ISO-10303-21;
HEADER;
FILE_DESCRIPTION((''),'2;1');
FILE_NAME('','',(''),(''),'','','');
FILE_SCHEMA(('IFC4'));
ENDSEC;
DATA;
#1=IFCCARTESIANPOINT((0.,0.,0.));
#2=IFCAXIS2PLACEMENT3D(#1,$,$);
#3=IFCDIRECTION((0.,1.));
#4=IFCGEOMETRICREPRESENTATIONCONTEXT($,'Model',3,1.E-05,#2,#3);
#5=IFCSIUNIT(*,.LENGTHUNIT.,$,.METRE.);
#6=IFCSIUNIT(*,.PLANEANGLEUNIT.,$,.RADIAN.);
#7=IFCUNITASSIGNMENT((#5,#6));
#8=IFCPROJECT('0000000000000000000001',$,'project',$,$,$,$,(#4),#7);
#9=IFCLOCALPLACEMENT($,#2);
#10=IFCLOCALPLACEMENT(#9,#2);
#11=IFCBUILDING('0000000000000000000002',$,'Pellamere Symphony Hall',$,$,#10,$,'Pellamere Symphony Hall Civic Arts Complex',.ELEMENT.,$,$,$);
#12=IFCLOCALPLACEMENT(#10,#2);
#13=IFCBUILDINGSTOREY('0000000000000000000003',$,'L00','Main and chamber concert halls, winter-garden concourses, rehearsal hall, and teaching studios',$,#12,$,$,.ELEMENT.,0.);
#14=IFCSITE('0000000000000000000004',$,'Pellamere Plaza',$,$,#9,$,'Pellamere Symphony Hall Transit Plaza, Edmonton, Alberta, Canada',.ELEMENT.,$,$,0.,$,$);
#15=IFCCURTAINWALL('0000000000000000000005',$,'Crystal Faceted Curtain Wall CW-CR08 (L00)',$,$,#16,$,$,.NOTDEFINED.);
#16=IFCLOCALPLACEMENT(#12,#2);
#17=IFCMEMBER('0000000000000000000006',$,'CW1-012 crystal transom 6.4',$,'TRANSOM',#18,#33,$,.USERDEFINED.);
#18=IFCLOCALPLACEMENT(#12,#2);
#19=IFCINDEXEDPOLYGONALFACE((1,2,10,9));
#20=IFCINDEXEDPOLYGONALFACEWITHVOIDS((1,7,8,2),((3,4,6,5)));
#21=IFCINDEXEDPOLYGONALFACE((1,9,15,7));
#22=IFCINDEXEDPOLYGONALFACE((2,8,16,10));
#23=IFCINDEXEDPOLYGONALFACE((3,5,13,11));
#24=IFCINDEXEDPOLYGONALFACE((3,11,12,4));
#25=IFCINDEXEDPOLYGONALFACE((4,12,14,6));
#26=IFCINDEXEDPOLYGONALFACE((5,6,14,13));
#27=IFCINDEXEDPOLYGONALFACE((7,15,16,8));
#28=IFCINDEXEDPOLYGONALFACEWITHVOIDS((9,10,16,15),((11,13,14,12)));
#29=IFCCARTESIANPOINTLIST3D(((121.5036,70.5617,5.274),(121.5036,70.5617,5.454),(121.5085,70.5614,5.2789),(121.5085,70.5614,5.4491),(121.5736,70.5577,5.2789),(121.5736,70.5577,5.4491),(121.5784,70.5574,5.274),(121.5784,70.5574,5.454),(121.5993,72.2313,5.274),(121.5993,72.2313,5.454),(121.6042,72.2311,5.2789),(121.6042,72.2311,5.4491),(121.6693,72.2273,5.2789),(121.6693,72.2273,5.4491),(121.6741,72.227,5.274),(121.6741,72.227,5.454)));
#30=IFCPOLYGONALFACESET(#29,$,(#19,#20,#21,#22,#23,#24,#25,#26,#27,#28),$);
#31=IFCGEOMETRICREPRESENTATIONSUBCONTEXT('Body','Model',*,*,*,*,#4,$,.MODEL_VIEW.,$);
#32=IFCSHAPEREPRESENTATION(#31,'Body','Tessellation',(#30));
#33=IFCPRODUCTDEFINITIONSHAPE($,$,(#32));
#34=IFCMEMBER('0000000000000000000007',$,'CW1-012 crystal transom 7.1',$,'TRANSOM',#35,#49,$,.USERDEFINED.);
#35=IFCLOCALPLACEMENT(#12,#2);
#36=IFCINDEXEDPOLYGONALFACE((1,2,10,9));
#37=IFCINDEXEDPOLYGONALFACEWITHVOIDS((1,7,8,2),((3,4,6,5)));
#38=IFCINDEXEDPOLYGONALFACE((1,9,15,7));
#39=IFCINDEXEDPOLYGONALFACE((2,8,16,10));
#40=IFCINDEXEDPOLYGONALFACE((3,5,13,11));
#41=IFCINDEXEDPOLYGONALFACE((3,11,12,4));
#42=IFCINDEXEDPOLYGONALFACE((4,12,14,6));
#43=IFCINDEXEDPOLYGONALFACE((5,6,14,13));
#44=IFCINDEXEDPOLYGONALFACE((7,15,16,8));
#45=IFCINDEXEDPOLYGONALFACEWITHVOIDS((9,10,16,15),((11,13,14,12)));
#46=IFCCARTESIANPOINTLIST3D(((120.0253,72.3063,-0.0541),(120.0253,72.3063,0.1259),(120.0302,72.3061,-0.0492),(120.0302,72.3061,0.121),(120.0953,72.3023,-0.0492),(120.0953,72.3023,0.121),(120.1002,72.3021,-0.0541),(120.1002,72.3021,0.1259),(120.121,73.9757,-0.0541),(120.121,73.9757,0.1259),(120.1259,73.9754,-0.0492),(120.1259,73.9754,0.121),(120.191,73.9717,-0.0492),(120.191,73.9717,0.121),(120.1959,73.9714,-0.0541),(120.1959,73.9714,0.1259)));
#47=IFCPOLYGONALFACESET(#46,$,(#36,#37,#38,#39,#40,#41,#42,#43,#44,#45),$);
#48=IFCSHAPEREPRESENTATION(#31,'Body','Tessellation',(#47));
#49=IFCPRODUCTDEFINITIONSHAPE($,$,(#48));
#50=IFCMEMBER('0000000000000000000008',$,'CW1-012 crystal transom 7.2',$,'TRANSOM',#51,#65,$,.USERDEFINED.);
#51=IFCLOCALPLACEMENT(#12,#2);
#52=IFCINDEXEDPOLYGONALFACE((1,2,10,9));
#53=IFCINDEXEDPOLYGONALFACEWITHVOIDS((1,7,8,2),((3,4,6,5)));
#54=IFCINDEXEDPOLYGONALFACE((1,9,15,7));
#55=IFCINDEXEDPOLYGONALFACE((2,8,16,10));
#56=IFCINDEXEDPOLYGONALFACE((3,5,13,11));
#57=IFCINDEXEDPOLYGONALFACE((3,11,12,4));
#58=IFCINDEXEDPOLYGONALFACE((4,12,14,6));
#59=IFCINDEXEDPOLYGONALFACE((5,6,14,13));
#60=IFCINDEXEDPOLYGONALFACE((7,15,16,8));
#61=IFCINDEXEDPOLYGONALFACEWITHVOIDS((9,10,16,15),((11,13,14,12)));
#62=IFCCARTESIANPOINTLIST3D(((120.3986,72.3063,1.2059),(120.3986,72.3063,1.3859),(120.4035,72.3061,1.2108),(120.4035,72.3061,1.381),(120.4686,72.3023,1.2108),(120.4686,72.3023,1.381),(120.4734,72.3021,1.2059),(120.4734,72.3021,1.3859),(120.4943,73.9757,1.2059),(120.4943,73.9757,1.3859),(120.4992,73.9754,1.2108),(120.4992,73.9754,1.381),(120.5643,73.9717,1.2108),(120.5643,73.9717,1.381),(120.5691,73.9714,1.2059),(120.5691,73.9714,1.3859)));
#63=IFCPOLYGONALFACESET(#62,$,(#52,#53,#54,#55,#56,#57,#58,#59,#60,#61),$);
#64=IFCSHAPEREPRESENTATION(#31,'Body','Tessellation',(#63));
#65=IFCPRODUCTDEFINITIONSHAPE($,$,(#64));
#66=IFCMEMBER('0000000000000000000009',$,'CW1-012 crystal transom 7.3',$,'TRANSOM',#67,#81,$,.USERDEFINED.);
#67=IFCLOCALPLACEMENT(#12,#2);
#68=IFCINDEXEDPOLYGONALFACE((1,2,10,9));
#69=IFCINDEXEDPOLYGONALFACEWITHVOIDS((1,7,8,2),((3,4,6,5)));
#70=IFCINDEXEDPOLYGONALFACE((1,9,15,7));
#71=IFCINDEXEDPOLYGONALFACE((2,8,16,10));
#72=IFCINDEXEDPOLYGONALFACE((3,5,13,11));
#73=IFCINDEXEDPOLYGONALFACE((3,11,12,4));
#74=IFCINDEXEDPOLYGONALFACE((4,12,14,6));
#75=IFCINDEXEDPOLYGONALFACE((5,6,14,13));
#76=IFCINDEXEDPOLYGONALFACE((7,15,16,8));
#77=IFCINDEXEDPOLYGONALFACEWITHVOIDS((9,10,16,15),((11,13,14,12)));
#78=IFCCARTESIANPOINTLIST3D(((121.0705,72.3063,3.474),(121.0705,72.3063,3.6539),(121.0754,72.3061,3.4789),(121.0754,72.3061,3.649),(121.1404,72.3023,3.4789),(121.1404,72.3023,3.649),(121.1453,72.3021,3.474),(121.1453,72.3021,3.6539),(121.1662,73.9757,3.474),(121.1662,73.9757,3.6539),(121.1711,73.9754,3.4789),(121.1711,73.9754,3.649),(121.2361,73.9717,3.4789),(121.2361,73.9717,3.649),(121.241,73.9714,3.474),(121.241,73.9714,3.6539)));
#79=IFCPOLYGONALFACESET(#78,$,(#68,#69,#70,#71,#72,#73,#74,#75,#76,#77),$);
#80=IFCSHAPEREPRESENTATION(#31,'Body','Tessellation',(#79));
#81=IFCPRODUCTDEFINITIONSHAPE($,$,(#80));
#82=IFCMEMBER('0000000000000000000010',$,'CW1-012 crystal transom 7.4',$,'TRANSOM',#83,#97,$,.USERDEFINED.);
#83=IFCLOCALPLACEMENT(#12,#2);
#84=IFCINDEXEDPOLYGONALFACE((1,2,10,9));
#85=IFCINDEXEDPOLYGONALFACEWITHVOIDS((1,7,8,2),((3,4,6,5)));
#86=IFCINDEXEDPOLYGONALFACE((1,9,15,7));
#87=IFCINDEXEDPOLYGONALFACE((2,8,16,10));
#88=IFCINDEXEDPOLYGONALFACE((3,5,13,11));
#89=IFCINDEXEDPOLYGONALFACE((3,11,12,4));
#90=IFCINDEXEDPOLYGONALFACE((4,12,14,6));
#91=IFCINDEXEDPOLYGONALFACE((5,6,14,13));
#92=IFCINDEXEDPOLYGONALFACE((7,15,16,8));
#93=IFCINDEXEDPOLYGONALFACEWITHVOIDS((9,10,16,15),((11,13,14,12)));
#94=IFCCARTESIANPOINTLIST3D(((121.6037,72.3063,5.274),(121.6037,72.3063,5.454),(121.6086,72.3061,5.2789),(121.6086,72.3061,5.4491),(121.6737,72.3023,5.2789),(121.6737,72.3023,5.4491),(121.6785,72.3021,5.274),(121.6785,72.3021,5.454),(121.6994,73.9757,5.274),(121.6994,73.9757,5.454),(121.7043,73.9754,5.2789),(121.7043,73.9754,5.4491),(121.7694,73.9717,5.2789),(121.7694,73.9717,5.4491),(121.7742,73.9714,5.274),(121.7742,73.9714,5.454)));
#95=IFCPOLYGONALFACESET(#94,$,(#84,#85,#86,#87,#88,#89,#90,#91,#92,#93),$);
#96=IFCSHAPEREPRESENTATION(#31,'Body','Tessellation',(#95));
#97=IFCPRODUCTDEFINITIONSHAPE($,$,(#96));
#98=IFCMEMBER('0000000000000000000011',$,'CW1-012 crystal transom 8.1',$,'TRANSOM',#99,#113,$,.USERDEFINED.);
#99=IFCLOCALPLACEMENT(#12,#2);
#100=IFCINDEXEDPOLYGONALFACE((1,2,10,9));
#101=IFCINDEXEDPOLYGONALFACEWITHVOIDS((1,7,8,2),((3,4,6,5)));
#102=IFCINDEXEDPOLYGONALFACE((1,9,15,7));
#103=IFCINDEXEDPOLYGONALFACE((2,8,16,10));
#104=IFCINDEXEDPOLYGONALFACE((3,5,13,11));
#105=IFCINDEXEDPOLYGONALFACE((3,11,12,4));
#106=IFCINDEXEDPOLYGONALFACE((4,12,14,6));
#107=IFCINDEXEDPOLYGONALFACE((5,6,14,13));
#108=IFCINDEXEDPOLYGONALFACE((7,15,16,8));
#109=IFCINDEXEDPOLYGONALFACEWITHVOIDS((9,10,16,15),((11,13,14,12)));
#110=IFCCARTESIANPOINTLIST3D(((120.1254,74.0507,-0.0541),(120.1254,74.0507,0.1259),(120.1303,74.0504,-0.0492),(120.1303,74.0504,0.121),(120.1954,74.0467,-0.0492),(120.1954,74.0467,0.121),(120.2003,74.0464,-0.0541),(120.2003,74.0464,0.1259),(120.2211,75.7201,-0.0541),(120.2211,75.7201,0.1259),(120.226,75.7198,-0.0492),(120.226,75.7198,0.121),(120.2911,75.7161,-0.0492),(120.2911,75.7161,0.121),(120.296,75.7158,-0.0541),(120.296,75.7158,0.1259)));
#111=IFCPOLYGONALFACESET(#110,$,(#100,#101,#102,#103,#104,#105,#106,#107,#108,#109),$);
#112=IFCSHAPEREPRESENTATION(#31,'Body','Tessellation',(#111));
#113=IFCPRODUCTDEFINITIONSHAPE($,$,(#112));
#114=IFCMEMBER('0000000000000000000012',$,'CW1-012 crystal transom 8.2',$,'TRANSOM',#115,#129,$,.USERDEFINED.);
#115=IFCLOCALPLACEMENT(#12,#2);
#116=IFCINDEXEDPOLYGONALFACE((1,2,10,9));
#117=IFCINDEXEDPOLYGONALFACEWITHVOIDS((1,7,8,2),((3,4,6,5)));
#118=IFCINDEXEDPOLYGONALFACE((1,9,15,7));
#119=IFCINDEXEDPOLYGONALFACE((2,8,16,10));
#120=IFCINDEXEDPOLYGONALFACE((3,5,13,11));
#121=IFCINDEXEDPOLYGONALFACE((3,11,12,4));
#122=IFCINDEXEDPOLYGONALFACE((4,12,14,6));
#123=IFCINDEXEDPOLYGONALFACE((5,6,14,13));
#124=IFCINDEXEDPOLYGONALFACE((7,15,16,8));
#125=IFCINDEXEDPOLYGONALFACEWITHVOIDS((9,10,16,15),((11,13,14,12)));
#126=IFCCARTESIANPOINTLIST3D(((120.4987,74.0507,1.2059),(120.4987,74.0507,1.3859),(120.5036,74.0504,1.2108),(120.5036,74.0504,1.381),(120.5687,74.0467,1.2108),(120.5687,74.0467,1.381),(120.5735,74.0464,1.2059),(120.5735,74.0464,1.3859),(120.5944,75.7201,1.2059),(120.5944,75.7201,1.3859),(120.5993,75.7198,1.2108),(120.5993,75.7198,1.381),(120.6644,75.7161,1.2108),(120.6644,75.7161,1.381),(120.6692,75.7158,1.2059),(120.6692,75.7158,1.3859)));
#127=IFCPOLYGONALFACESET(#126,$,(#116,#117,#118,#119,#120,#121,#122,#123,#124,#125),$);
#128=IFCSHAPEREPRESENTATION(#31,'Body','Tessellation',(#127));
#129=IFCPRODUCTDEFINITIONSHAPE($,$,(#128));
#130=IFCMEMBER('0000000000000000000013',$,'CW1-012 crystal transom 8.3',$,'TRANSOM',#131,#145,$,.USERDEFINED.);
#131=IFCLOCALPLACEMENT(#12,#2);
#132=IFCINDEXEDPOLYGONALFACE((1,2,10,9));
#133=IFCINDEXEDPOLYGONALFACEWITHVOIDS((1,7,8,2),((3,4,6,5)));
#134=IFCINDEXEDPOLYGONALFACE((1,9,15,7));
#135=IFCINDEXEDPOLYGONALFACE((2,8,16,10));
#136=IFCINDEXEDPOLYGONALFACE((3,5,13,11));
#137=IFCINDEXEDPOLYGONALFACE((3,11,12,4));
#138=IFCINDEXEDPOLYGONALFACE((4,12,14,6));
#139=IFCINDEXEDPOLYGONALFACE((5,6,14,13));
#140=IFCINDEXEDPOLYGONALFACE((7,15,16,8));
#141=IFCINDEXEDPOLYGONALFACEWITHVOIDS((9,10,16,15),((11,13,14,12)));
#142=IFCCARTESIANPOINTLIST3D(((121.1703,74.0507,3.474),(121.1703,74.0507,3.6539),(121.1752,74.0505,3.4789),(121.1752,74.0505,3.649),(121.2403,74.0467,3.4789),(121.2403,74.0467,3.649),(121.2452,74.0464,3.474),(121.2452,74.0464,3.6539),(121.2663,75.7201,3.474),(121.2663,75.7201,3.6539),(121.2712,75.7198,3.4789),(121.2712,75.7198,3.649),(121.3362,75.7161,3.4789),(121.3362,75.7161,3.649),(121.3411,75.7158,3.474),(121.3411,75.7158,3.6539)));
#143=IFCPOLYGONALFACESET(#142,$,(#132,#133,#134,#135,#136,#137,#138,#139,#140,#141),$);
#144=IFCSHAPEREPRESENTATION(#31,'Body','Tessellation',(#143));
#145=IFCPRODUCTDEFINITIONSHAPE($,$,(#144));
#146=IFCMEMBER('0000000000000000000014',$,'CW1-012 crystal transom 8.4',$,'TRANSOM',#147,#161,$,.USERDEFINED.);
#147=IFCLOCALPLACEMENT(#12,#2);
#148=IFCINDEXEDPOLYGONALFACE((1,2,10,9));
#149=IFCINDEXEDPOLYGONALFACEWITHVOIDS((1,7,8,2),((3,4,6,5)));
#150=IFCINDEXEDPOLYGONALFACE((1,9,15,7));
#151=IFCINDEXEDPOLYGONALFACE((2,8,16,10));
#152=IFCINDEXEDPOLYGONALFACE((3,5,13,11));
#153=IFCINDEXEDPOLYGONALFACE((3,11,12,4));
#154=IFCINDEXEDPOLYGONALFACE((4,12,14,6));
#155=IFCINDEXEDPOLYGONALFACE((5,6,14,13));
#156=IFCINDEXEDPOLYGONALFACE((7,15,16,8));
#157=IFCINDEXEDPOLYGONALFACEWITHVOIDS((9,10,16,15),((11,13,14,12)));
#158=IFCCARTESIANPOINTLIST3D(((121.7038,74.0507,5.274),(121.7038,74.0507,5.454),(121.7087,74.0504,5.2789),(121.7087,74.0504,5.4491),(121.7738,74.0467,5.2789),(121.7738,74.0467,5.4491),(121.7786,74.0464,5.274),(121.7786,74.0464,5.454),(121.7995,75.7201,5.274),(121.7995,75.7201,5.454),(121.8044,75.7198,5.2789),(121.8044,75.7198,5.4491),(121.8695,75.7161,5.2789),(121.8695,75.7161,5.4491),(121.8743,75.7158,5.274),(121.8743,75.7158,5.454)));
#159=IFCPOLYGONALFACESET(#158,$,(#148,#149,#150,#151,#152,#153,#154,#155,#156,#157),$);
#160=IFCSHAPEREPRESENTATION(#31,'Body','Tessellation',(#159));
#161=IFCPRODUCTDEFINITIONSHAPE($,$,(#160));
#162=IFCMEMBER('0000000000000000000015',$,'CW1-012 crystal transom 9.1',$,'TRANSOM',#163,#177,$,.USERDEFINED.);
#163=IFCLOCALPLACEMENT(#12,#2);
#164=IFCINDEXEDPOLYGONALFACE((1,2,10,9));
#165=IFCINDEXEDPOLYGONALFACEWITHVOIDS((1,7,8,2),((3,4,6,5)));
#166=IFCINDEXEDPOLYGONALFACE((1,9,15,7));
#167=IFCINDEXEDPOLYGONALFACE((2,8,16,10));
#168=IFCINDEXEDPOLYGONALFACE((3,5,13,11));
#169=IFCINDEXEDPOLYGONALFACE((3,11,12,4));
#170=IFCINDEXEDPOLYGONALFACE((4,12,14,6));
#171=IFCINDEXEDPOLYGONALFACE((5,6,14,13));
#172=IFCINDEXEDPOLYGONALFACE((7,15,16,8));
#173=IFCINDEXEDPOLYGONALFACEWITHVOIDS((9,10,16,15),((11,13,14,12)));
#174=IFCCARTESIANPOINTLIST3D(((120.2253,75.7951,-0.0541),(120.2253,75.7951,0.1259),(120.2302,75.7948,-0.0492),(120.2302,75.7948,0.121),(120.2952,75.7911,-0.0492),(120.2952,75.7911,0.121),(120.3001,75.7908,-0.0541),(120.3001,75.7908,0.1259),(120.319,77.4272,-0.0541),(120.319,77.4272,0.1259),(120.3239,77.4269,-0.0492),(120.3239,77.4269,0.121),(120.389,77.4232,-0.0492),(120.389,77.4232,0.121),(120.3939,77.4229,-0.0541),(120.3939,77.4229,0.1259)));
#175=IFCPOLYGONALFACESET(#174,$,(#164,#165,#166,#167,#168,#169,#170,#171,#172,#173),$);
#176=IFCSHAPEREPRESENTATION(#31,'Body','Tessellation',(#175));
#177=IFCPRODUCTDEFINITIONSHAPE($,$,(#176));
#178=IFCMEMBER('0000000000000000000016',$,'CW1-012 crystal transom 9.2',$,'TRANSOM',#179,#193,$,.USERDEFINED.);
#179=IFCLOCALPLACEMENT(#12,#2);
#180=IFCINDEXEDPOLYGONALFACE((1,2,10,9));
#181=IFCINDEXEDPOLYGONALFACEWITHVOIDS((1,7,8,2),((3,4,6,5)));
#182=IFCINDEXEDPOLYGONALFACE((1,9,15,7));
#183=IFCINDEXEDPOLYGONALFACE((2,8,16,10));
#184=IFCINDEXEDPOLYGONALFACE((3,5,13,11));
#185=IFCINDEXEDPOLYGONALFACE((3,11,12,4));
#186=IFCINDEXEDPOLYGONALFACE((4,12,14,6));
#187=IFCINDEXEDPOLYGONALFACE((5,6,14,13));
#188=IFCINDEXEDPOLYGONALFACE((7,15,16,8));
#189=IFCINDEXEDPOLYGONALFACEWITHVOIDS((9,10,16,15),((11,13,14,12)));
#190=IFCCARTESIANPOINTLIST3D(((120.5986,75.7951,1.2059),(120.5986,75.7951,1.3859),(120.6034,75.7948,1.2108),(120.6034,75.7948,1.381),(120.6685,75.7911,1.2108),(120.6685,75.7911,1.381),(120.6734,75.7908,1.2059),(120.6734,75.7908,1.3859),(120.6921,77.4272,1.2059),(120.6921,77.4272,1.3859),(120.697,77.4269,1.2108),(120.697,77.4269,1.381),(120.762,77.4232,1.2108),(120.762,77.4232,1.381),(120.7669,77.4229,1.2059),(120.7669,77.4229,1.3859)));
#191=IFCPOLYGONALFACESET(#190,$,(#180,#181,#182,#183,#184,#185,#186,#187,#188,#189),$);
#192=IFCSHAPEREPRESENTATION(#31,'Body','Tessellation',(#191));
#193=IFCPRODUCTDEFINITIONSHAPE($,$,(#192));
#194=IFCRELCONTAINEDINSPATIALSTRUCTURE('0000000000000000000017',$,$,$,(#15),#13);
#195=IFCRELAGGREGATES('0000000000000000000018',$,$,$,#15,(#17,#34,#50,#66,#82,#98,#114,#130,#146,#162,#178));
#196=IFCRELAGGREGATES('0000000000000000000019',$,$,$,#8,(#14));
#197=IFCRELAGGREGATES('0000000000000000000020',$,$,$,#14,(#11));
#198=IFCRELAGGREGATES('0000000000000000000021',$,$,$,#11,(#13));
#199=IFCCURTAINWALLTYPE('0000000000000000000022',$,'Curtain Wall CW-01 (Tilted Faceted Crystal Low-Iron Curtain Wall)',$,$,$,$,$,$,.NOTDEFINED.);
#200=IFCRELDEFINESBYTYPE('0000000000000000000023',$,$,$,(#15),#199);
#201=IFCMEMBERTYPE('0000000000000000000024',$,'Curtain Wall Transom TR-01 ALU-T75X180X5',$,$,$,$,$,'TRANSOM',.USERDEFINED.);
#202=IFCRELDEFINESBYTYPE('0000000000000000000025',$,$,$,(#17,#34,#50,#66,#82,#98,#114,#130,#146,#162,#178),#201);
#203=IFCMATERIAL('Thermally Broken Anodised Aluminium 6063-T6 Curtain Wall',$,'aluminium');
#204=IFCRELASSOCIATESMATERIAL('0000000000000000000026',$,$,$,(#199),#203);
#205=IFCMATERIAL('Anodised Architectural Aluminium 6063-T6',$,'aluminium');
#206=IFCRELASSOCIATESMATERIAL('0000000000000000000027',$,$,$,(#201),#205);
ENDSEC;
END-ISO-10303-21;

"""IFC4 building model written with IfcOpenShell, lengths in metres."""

from ifc_helpers import new_model, si_unit, direction, frame, origin, origin_2d, place, context, subcontext, project, spatial, hollow_rectangle, extrude, material, material_profile, profile_set, type_object, element, aggregate, save


model = new_model("IFC4")

# Units and contexts
model_context = context("Model", 3, precision=1e-05, world=origin(), true_north=direction((0.0, 1.0)))
body_context = subcontext(model_context, "Body", "Model", "MODEL_VIEW")
ifc_project = project(units=[si_unit("LENGTHUNIT", "METRE"), si_unit("PLANEANGLEUNIT", "RADIAN")], contexts=[model_context])

# Site, building, storey
site_placement = place(None, origin())
site = spatial("IfcSite", under=ifc_project, at=site_placement, Name="Pellamere Plaza", LongName="Pellamere Symphony Hall Transit Plaza, Edmonton, Alberta, Canada", CompositionType="ELEMENT", RefElevation=0.0)
building_placement = place(site_placement, origin())
building = spatial("IfcBuilding", under=site, at=building_placement, Name="Pellamere Symphony Hall", LongName="Pellamere Symphony Hall Civic Arts Complex", CompositionType="ELEMENT")
storey_placement = place(building_placement, origin())
storey = spatial("IfcBuildingStorey", under=building, at=storey_placement, Name="L00", Description="Main and chamber concert halls, winter-garden concourses, rehearsal hall, and teaching studios", CompositionType="ELEMENT", Elevation=0.0)

# Curtain wall, members
ifc_material_1 = material(Name="Thermally Broken Anodised Aluminium 6063-T6 Curtain Wall", Category="aluminium")
curtain_wall_type = type_object("IfcCurtainWallType", Name="Curtain Wall CW-01 (Tilted Faceted Crystal Low-Iron Curtain Wall)", PredefinedType="NOTDEFINED", material=ifc_material_1)
curtain_wall_placement = place(storey_placement, origin())
curtain_wall = element("IfcCurtainWall", 1, at=curtain_wall_placement, inside=storey, type_object=curtain_wall_type, Name="Crystal Faceted Curtain Wall CW-CR08 (L00)", PredefinedType="NOTDEFINED")
ifc_material_2 = material(Name="Anodised Architectural Aluminium 6063-T6", Category="aluminium")
ifc_material_profile_1 = material_profile(ifc_material_2, hollow_rectangle(XDim=0.075, YDim=0.1799, WallThickness=0.0049, at=origin_2d()), Name="ALU-T75X180X5")
ifc_profile_set_1 = profile_set([ifc_material_profile_1], Name="Anodised Architectural Aluminium 6063-T6")
member_type_1 = type_object("IfcMemberType", Name="Curtain Wall Transom TR-01 ALU-T75X180X5", ElementType="TRANSOM", PredefinedType="USERDEFINED", material=ifc_profile_set_1)
member_1_placement = place(storey_placement, frame((121.541, 70.5596, 5.364), z_axis=(0.057224, 0.998361, 0.0), x_axis=(-0.998361, 0.057224, 0.0)))
member_1 = element("IfcMember", 2, at=member_1_placement, type_object=member_type_1, Name="CW1-012 crystal transom 6.4", ObjectType="TRANSOM", PredefinedType="USERDEFINED", context=body_context, shape_type="SweptSolid", body=[
    extrude(hollow_rectangle(XDim=0.075, YDim=0.1799, WallThickness=0.0049, at=origin_2d()), origin(), (0.0, 0.0, 1.0), 1.6724),
])
member_2_placement = place(storey_placement, frame((120.0627, 72.3042, 0.0359), z_axis=(0.057233, 0.998361, 0.0), x_axis=(-0.998361, 0.057233, 0.0)))
member_2 = element("IfcMember", 3, at=member_2_placement, type_object=member_type_1, Name="CW1-012 crystal transom 7.1", ObjectType="TRANSOM", PredefinedType="USERDEFINED", context=body_context, shape_type="SweptSolid", body=[
    extrude(hollow_rectangle(XDim=0.075, YDim=0.1799, WallThickness=0.0049, at=origin_2d()), origin(), (0.0, 0.0, 1.0), 1.6721),
])
member_3_placement = place(storey_placement, frame((120.436, 72.3042, 1.2959), z_axis=(0.057233, 0.998361, 0.0), x_axis=(-0.998361, 0.057233, 0.0)))
member_3 = element("IfcMember", 4, at=member_3_placement, type_object=member_type_1, Name="CW1-012 crystal transom 7.2", ObjectType="TRANSOM", PredefinedType="USERDEFINED", context=body_context, shape_type="SweptSolid", body=[
    extrude(hollow_rectangle(XDim=0.075, YDim=0.1799, WallThickness=0.0049, at=origin_2d()), origin(), (0.0, 0.0, 1.0), 1.6721),
])
member_4_placement = place(storey_placement, frame((121.1079, 72.3042, 3.564), z_axis=(0.057233, 0.998361, 0.0), x_axis=(-0.998361, 0.057233, 0.0)))
member_4 = element("IfcMember", 5, at=member_4_placement, type_object=member_type_1, Name="CW1-012 crystal transom 7.3", ObjectType="TRANSOM", PredefinedType="USERDEFINED", context=body_context, shape_type="SweptSolid", body=[
    extrude(hollow_rectangle(XDim=0.075, YDim=0.1799, WallThickness=0.0049, at=origin_2d()), origin(), (0.0, 0.0, 1.0), 1.6721),
])
member_5_placement = place(storey_placement, frame((121.6411, 72.3042, 5.364), z_axis=(0.057233, 0.998361, 0.0), x_axis=(-0.998361, 0.057233, 0.0)))
member_5 = element("IfcMember", 6, at=member_5_placement, type_object=member_type_1, Name="CW1-012 crystal transom 7.4", ObjectType="TRANSOM", PredefinedType="USERDEFINED", context=body_context, shape_type="SweptSolid", body=[
    extrude(hollow_rectangle(XDim=0.075, YDim=0.1799, WallThickness=0.0049, at=origin_2d()), origin(), (0.0, 0.0, 1.0), 1.6721),
])
member_6_placement = place(storey_placement, frame((120.1628, 74.0486, 0.0359), z_axis=(0.057233, 0.998361, 0.0), x_axis=(-0.998361, 0.057233, 0.0)))
member_6 = element("IfcMember", 7, at=member_6_placement, type_object=member_type_1, Name="CW1-012 crystal transom 8.1", ObjectType="TRANSOM", PredefinedType="USERDEFINED", context=body_context, shape_type="SweptSolid", body=[
    extrude(hollow_rectangle(XDim=0.075, YDim=0.1799, WallThickness=0.0049, at=origin_2d()), origin(), (0.0, 0.0, 1.0), 1.6721),
])
member_7_placement = place(storey_placement, frame((120.5361, 74.0486, 1.2959), z_axis=(0.057233, 0.998361, 0.0), x_axis=(-0.998361, 0.057233, 0.0)))
member_7 = element("IfcMember", 8, at=member_7_placement, type_object=member_type_1, Name="CW1-012 crystal transom 8.2", ObjectType="TRANSOM", PredefinedType="USERDEFINED", context=body_context, shape_type="SweptSolid", body=[
    extrude(hollow_rectangle(XDim=0.075, YDim=0.1799, WallThickness=0.0049, at=origin_2d()), origin(), (0.0, 0.0, 1.0), 1.6721),
])
member_8_placement = place(storey_placement, frame((121.2078, 74.0486, 3.564), z_axis=(0.057378, 0.998353, 0.0), x_axis=(-0.998353, 0.057378, 0.0)))
member_8 = element("IfcMember", 9, at=member_8_placement, type_object=member_type_1, Name="CW1-012 crystal transom 8.3", ObjectType="TRANSOM", PredefinedType="USERDEFINED", context=body_context, shape_type="SweptSolid", body=[
    extrude(hollow_rectangle(XDim=0.075, YDim=0.1799, WallThickness=0.0049, at=origin_2d()), origin(), (0.0, 0.0, 1.0), 1.6721),
])
member_9_placement = place(storey_placement, frame((121.7412, 74.0486, 5.364), z_axis=(0.057233, 0.998361, 0.0), x_axis=(-0.998361, 0.057233, 0.0)))
member_9 = element("IfcMember", 10, at=member_9_placement, type_object=member_type_1, Name="CW1-012 crystal transom 8.4", ObjectType="TRANSOM", PredefinedType="USERDEFINED", context=body_context, shape_type="SweptSolid", body=[
    extrude(hollow_rectangle(XDim=0.075, YDim=0.1799, WallThickness=0.0049, at=origin_2d()), origin(), (0.0, 0.0, 1.0), 1.6721),
])
member_10_placement = place(storey_placement, frame((120.2627, 75.793, 0.0359), z_axis=(0.057348, 0.998354, 0.0), x_axis=(-0.998354, 0.057348, 0.0)))
member_10 = element("IfcMember", 11, at=member_10_placement, type_object=member_type_1, Name="CW1-012 crystal transom 9.1", ObjectType="TRANSOM", PredefinedType="USERDEFINED", context=body_context, shape_type="SweptSolid", body=[
    extrude(hollow_rectangle(XDim=0.075, YDim=0.1799, WallThickness=0.0049, at=origin_2d()), origin(), (0.0, 0.0, 1.0), 1.6348),
])
member_11_placement = place(storey_placement, frame((120.636, 75.793, 1.2959), z_axis=(0.057199, 0.998363, 0.0), x_axis=(-0.998363, 0.057199, 0.0)))
member_11 = element("IfcMember", 12, at=member_11_placement, type_object=member_type_1, Name="CW1-012 crystal transom 9.2", ObjectType="TRANSOM", PredefinedType="USERDEFINED", context=body_context, shape_type="SweptSolid", body=[
    extrude(hollow_rectangle(XDim=0.075, YDim=0.1799, WallThickness=0.0049, at=origin_2d()), origin(), (0.0, 0.0, 1.0), 1.6348),
])

aggregate(curtain_wall, [member_1, member_2, member_3, member_4, member_5, member_6, member_7, member_8, member_9, member_10, member_11])

save(model, "model.ifc")
